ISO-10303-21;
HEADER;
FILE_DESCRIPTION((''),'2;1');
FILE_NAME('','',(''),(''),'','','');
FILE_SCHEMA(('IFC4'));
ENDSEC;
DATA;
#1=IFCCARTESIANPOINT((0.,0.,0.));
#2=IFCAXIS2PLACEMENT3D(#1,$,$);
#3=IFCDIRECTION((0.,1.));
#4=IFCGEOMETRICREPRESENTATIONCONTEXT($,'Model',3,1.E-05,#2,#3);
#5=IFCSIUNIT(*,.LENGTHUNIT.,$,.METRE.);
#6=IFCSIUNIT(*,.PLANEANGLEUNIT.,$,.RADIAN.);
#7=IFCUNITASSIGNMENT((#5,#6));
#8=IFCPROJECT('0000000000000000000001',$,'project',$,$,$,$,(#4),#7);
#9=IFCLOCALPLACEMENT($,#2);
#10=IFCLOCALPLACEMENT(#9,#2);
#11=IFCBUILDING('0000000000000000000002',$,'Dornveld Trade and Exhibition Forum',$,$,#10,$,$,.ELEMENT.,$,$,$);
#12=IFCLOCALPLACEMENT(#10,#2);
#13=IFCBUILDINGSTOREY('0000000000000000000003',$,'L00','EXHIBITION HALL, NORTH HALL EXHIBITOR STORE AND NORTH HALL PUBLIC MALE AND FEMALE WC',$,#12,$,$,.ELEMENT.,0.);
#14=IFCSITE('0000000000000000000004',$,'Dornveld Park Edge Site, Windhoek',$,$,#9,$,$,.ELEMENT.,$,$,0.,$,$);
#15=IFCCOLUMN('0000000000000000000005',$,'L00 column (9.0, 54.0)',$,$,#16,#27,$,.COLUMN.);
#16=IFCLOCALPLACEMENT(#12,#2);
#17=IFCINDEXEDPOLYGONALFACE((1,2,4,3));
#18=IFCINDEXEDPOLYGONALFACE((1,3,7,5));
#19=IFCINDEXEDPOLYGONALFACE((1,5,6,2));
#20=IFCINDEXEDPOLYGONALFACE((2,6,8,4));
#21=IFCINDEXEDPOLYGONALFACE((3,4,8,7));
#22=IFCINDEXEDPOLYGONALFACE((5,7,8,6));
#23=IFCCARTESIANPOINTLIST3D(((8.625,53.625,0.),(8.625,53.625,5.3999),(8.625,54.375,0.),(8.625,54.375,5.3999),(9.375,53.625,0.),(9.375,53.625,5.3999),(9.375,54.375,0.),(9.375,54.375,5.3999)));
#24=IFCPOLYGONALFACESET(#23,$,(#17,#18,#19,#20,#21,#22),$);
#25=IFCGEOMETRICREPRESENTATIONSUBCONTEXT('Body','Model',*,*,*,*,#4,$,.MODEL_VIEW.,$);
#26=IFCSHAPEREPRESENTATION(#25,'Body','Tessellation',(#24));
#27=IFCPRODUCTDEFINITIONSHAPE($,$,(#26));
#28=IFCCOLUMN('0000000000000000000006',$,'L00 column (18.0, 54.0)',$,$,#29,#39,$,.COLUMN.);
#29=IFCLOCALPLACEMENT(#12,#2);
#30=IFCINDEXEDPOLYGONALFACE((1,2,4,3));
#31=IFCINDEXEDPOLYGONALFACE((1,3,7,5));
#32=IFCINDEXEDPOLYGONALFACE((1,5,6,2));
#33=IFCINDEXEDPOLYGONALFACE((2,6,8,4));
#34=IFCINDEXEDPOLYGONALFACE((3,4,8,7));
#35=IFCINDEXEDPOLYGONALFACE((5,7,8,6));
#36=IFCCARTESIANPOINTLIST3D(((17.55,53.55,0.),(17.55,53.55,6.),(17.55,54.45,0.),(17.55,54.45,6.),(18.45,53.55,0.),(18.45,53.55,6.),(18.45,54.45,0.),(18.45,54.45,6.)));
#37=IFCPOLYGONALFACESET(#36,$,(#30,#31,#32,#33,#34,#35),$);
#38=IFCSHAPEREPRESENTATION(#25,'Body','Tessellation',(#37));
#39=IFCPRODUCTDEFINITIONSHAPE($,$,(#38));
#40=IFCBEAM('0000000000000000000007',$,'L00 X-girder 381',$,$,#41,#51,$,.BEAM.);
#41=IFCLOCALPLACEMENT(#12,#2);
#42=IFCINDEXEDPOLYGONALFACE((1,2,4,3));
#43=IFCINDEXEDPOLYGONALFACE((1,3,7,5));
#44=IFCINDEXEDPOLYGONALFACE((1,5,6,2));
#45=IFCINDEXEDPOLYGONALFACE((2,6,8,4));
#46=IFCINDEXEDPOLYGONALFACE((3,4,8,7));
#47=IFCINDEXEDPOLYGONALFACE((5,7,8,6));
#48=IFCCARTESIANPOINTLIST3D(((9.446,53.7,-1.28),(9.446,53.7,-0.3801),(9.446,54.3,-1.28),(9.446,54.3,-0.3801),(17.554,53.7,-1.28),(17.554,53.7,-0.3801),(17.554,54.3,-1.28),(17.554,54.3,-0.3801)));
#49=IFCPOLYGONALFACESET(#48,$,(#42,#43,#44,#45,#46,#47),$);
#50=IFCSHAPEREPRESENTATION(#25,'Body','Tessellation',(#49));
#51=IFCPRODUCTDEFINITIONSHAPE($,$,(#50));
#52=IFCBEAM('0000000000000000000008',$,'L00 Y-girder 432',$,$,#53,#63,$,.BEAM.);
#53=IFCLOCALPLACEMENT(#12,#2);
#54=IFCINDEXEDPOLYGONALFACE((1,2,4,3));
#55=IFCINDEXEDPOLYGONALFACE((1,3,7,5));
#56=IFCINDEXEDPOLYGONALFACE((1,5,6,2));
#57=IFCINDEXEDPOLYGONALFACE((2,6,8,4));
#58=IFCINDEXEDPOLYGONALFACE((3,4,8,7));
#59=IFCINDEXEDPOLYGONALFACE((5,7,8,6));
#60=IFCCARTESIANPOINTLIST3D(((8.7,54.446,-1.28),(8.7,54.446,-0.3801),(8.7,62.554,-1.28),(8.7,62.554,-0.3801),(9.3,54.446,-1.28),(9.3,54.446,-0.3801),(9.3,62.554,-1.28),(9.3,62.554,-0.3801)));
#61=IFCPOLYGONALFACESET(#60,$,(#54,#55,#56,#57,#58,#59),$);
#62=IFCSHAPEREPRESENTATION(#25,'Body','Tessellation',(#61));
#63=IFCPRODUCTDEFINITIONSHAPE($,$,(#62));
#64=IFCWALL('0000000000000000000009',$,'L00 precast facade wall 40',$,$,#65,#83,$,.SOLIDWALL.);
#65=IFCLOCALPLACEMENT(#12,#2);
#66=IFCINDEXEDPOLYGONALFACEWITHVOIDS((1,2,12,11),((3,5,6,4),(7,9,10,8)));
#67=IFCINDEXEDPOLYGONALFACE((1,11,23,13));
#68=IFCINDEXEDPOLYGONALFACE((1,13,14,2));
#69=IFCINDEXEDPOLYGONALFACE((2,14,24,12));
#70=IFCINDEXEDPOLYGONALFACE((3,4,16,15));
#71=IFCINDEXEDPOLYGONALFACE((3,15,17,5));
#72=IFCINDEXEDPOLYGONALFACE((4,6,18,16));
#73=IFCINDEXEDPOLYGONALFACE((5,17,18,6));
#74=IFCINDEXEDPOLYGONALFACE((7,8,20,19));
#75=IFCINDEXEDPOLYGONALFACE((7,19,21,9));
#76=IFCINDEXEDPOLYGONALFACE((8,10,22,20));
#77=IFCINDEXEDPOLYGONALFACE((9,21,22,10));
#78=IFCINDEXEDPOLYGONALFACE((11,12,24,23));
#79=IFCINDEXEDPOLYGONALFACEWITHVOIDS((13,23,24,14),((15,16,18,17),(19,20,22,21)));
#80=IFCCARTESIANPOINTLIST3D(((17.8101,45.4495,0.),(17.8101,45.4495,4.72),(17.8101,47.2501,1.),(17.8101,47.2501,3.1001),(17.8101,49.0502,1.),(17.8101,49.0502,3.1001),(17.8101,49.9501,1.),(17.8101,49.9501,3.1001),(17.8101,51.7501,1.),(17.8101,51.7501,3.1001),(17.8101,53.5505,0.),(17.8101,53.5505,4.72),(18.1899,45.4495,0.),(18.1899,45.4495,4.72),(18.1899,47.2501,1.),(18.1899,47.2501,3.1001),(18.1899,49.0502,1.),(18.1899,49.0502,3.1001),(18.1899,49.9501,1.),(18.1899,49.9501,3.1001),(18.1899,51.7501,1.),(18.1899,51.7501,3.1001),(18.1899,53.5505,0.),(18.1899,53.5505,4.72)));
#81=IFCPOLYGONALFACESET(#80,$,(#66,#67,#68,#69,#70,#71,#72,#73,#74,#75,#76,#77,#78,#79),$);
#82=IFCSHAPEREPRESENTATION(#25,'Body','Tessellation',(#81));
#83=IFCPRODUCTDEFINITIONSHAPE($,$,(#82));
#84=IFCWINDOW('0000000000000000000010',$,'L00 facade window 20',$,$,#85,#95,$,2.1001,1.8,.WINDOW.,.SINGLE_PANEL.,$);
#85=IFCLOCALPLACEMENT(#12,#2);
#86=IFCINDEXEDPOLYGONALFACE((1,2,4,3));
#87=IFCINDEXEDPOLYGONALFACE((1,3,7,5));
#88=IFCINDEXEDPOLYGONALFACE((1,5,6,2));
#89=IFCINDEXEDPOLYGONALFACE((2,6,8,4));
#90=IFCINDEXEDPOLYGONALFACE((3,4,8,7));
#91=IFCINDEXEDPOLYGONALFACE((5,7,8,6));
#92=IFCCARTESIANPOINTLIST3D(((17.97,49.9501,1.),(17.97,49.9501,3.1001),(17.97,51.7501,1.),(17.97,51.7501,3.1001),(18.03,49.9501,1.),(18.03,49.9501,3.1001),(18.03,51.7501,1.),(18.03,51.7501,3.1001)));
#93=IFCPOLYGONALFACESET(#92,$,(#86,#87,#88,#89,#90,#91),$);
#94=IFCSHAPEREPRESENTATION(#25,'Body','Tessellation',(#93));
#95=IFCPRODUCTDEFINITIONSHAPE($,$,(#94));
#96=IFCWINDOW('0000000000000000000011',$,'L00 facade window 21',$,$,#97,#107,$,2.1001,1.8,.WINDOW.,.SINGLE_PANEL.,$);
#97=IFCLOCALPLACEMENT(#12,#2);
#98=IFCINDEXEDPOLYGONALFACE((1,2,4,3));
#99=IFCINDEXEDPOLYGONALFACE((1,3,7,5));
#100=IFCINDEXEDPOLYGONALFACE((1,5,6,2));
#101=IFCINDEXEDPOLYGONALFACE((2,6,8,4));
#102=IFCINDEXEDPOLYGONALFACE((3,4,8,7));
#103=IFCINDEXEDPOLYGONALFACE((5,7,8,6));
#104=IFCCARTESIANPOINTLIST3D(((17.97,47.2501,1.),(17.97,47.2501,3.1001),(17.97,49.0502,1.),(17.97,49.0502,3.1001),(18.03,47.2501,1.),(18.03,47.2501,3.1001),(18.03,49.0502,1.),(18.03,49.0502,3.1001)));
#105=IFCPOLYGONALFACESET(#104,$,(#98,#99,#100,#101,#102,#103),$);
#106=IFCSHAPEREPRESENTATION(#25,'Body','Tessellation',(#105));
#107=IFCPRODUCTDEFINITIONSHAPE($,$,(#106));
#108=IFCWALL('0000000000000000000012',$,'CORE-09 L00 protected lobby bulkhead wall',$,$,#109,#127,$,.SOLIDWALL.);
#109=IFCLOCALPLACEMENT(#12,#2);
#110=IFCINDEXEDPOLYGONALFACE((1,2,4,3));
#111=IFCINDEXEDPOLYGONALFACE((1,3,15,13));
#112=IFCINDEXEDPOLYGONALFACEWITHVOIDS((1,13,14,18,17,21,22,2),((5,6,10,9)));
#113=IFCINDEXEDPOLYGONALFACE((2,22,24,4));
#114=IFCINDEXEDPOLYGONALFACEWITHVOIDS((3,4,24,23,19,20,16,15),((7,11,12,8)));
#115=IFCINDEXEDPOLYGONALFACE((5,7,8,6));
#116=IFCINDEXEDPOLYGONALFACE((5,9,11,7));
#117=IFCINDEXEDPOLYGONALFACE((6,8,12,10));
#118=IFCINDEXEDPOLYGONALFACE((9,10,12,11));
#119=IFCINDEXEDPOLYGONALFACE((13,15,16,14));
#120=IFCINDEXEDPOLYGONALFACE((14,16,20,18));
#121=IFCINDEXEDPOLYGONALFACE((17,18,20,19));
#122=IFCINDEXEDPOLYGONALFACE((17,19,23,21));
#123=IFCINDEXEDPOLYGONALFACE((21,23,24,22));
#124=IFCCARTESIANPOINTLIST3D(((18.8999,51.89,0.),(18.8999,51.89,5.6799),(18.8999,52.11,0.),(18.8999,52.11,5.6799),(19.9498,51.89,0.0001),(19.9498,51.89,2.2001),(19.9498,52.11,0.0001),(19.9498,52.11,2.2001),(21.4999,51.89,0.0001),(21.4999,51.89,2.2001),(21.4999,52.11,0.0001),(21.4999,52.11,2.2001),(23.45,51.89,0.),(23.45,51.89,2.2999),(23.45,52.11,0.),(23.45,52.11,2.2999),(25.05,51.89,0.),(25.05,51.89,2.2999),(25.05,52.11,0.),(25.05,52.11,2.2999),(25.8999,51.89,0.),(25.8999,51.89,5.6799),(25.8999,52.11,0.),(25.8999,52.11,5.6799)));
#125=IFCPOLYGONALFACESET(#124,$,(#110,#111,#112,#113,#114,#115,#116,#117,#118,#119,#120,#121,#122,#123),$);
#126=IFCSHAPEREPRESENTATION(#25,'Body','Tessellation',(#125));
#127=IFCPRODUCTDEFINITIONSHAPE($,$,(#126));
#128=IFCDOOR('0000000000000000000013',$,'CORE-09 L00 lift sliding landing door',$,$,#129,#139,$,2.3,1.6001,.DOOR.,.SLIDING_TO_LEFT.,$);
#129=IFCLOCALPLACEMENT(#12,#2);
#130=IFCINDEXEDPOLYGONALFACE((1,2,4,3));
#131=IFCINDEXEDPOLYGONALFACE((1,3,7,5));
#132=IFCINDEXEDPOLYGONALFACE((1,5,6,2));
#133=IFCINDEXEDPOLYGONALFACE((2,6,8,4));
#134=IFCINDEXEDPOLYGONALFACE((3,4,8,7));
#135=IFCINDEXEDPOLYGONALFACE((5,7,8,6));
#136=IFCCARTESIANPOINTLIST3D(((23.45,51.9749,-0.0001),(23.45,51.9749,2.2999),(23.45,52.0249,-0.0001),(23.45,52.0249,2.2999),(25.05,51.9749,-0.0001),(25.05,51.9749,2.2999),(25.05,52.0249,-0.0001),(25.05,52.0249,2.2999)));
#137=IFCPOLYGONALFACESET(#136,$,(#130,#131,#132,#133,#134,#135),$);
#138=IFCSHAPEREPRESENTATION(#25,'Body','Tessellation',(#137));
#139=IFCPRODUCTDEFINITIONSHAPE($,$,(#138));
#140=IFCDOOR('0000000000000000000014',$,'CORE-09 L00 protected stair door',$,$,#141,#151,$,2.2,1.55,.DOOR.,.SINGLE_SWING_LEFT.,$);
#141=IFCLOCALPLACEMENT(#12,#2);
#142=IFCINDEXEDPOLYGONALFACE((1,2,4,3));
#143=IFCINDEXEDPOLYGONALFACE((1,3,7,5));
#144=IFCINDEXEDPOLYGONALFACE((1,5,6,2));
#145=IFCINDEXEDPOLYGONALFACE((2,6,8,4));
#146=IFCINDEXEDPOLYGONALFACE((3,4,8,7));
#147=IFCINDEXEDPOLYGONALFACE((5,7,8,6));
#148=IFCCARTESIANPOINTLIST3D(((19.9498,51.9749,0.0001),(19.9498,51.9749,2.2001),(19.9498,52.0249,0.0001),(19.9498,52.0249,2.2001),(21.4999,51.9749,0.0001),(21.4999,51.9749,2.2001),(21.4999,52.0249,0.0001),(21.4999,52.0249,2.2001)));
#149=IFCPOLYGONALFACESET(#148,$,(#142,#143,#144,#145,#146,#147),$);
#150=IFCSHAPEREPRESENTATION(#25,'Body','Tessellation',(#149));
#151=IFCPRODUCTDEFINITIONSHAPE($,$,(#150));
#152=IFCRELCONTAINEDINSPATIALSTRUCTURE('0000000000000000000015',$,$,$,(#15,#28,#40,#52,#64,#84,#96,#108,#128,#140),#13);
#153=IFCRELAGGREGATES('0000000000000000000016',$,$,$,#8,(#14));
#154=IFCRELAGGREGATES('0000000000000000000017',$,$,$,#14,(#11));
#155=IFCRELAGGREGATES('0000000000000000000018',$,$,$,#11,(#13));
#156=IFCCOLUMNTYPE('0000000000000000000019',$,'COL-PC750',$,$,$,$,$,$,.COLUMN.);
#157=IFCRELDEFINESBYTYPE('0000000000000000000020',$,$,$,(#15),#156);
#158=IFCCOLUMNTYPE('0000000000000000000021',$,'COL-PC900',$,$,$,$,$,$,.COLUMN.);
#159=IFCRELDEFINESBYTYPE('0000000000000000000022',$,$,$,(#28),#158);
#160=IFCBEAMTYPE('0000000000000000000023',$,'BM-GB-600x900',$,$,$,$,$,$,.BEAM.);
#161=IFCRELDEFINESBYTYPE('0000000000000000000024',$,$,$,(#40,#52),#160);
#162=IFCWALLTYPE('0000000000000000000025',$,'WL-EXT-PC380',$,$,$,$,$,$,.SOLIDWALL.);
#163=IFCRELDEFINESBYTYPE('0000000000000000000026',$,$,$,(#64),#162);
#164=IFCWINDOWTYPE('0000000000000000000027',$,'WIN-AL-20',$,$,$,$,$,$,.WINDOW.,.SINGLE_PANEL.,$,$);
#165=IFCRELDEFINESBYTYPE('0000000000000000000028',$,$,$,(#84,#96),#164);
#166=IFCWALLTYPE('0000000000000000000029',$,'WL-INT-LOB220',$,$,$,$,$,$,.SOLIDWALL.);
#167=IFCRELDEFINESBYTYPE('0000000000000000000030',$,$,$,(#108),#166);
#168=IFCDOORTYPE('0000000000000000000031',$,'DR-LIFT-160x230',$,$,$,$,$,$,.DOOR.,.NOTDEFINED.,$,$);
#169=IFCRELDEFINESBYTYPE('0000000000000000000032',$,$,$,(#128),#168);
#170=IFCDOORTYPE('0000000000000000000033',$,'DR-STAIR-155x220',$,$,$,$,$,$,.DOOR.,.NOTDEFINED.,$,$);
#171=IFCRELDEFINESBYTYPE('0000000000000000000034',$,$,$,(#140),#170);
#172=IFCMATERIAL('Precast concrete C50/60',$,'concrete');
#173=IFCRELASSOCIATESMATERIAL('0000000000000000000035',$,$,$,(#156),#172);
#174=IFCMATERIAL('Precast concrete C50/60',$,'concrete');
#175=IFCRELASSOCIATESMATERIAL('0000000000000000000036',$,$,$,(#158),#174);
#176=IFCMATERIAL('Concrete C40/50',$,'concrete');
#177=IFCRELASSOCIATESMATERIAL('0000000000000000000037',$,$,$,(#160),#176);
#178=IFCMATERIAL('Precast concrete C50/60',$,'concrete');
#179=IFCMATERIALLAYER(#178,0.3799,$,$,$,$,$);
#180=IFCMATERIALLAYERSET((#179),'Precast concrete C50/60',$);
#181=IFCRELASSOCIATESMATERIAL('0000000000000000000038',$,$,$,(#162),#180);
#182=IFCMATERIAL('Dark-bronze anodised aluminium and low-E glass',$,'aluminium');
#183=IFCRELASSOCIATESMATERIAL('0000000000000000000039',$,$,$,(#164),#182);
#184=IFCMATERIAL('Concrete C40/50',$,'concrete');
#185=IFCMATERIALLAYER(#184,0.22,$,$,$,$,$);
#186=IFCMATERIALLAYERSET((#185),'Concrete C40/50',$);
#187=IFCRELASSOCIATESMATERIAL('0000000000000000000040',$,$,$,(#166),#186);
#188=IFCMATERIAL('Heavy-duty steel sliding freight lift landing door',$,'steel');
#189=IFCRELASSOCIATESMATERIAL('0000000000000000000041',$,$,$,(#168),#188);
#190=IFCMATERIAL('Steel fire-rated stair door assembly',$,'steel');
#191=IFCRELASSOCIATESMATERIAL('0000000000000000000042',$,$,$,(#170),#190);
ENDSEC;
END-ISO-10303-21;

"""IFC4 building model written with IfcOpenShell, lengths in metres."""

from ifc_helpers import new_model, si_unit, direction, frame, frame_2d, origin, origin_2d, place, context, subcontext, project, spatial, rectangle, extrude, material, layer, layer_set, material_profile, profile_set, type_object, element, fill, save


model = new_model("IFC4")

# Units and contexts
model_context = context("Model", 3, precision=1e-05, world=origin(), true_north=direction((0.0, 1.0)))
body_context = subcontext(model_context, "Body", "Model", "MODEL_VIEW")
ifc_project = project(units=[si_unit("LENGTHUNIT", "METRE"), si_unit("PLANEANGLEUNIT", "RADIAN")], contexts=[model_context])

# Site, building, storey
site_placement = place(None, origin())
site = spatial("IfcSite", under=ifc_project, at=site_placement, Name="Dornveld Park Edge Site, Windhoek", CompositionType="ELEMENT", RefElevation=0.0)
building_placement = place(site_placement, origin())
building = spatial("IfcBuilding", under=site, at=building_placement, Name="Dornveld Trade and Exhibition Forum", CompositionType="ELEMENT")
storey_placement = place(building_placement, origin())
storey = spatial("IfcBuildingStorey", under=building, at=storey_placement, Name="L00", Description="EXHIBITION HALL, NORTH HALL EXHIBITOR STORE AND NORTH HALL PUBLIC MALE AND FEMALE WC", CompositionType="ELEMENT", Elevation=0.0)

# Columns
ifc_material_1 = material(Name="Precast concrete C50/60", Category="concrete")
ifc_material_profile_1 = material_profile(ifc_material_1, rectangle(XDim=0.75, YDim=0.75, at=origin_2d()), Name="PC-COL 750x750")
ifc_profile_set_1 = profile_set([ifc_material_profile_1], Name="Precast concrete C50/60")
column_type_1 = type_object("IfcColumnType", Name="COL-PC750", PredefinedType="COLUMN", material=ifc_profile_set_1)
column_1_placement = place(storey_placement, frame((9.0, 54.0, 0.0), z_axis=(0.0, 0.0, 1.0), x_axis=(1.0, 0.0, 0.0)))
element("IfcColumn", 1, at=column_1_placement, inside=storey, type_object=column_type_1, Name="L00 column (9.0, 54.0)", PredefinedType="COLUMN", context=body_context, shape_type="SweptSolid", body=[
    extrude(rectangle(XDim=0.75, YDim=0.75, at=origin_2d()), origin(), (0.0, 0.0, 1.0), 5.3999),
])
ifc_material_2 = material(Name="Precast concrete C50/60", Category="concrete")
ifc_material_profile_2 = material_profile(ifc_material_2, rectangle(XDim=0.8999, YDim=0.8999, at=origin_2d()), Name="PC-COL 900x900")
ifc_profile_set_2 = profile_set([ifc_material_profile_2], Name="Precast concrete C50/60")
column_type_2 = type_object("IfcColumnType", Name="COL-PC900", PredefinedType="COLUMN", material=ifc_profile_set_2)
column_2_placement = place(storey_placement, frame((18.0, 54.0, 0.0), z_axis=(0.0, 0.0, 1.0), x_axis=(1.0, 0.0, 0.0)))
element("IfcColumn", 2, at=column_2_placement, inside=storey, type_object=column_type_2, Name="L00 column (18.0, 54.0)", PredefinedType="COLUMN", context=body_context, shape_type="SweptSolid", body=[
    extrude(rectangle(XDim=0.8999, YDim=0.8999, at=origin_2d()), origin(), (0.0, 0.0, 1.0), 6.0),
])

# Beams
ifc_material_3 = material(Name="Concrete C40/50", Category="concrete")
ifc_material_profile_3 = material_profile(ifc_material_3, rectangle(XDim=0.6001, YDim=0.8999, at=origin_2d()), Name="RC-GB 600x900")
ifc_profile_set_3 = profile_set([ifc_material_profile_3], Name="Concrete C40/50")
beam_type = type_object("IfcBeamType", Name="BM-GB-600x900", PredefinedType="BEAM", material=ifc_profile_set_3)
for number, where, z_axis, x_axis, name in (
    (3, (9.446, 54.0, -0.8301), (1.0, 0.0, 0.0), (0.0, 1.0, 0.0), "L00 X-girder 381"),
    (4, (9.0, 54.446, -0.8301), (0.0, 1.0, 0.0), (-1.0, 0.0, 0.0), "L00 Y-girder 432"),
):
    element("IfcBeam", number, at=place(storey_placement, frame(where, z_axis=z_axis, x_axis=x_axis)), inside=storey, type_object=beam_type, Name=name, PredefinedType="BEAM", context=body_context, shape_type="SweptSolid", body=[
        extrude(rectangle(XDim=0.6001, YDim=0.8999, at=origin_2d()), origin(), (0.0, 0.0, 1.0), 8.1079),
    ])

# Wall, openings, windows
ifc_material_4 = material(Name="Precast concrete C50/60", Category="concrete")
ifc_layer_1 = layer(ifc_material_4, 0.3799)
ifc_layer_set_1 = layer_set([ifc_layer_1], Name="Precast concrete C50/60")
wall_type_1 = type_object("IfcWallType", Name="WL-EXT-PC380", PredefinedType="SOLIDWALL", material=ifc_layer_set_1)
wall_1_placement = place(storey_placement, frame((18.0, 53.5505, 0.0), z_axis=(0.0, 0.0, 1.0), x_axis=(0.0, -1.0, 0.0)))
wall_1 = element("IfcWall", 5, at=wall_1_placement, inside=storey, type_object=wall_type_1, Name="L00 precast facade wall 40", PredefinedType="SOLIDWALL", context=body_context, shape_type="SweptSolid", body=[
    extrude(rectangle(XDim=8.1011, YDim=0.3799, at=frame_2d((4.0505, 0.0))), origin(), (0.0, 0.0, 1.0), 4.72),
])
opening_1_placement = place(wall_1_placement, frame((1.8005, 0.0, 1.0)))
opening_1 = element("IfcOpeningElement", 6, at=opening_1_placement, cuts=wall_1, PredefinedType="OPENING", context=body_context, shape_type="SweptSolid", body=[
    extrude(rectangle(XDim=1.8, YDim=2.1001, at=frame_2d((0.8999, 1.05))), frame((0.0, 0.2, 0.0), z_axis=(0.0, -1.0, 0.0), x_axis=(1.0, 0.0, 0.0)), (0.0, 0.0, 1.0), 0.3999),
])
opening_2_placement = place(wall_1_placement, frame((4.5005, 0.0, 1.0)))
opening_2 = element("IfcOpeningElement", 7, at=opening_2_placement, cuts=wall_1, PredefinedType="OPENING", context=body_context, shape_type="SweptSolid", body=[
    extrude(rectangle(XDim=1.8, YDim=2.1001, at=frame_2d((0.8999, 1.05))), frame((0.0, 0.2, 0.0), z_axis=(0.0, -1.0, 0.0), x_axis=(1.0, 0.0, 0.0)), (0.0, 0.0, 1.0), 0.3999),
])
ifc_material_5 = material(Name="Dark-bronze anodised aluminium and low-E glass", Category="aluminium")
window_type = type_object("IfcWindowType", Name="WIN-AL-20", PartitioningType="SINGLE_PANEL", PredefinedType="WINDOW", material=ifc_material_5)
window_1_placement = place(opening_1_placement, origin())
window_1 = element("IfcWindow", 8, at=window_1_placement, inside=storey, type_object=window_type, Name="L00 facade window 20", OverallHeight=2.1001, OverallWidth=1.8, PartitioningType="SINGLE_PANEL", PredefinedType="WINDOW", context=body_context, shape_type="SweptSolid", body=[
    extrude(rectangle(XDim=1.8, YDim=2.1001, at=frame_2d((0.8999, 1.05))), frame((0.0, 0.03, 0.0), z_axis=(0.0, -1.0, 0.0), x_axis=(1.0, 0.0, 0.0)), (0.0, 0.0, 1.0), 0.0601),
])
fill(opening_1, window_1)
window_2_placement = place(opening_2_placement, origin())
window_2 = element("IfcWindow", 9, at=window_2_placement, inside=storey, type_object=window_type, Name="L00 facade window 21", OverallHeight=2.1001, OverallWidth=1.8, PartitioningType="SINGLE_PANEL", PredefinedType="WINDOW", context=body_context, shape_type="SweptSolid", body=[
    extrude(rectangle(XDim=1.8, YDim=2.1001, at=frame_2d((0.8999, 1.05))), frame((0.0, 0.03, 0.0), z_axis=(0.0, -1.0, 0.0), x_axis=(1.0, 0.0, 0.0)), (0.0, 0.0, 1.0), 0.0601),
])
fill(opening_2, window_2)

# Wall, openings, doors
ifc_material_6 = material(Name="Concrete C40/50", Category="concrete")
ifc_layer_2 = layer(ifc_material_6, 0.22)
ifc_layer_set_2 = layer_set([ifc_layer_2], Name="Concrete C40/50")
wall_type_2 = type_object("IfcWallType", Name="WL-INT-LOB220", PredefinedType="SOLIDWALL", material=ifc_layer_set_2)
wall_2_placement = place(storey_placement, frame((18.8999, 52.0, 0.0), z_axis=(0.0, 0.0, 1.0), x_axis=(1.0, 0.0, 0.0)))
wall_2 = element("IfcWall", 10, at=wall_2_placement, inside=storey, type_object=wall_type_2, Name="CORE-09 L00 protected lobby bulkhead wall", PredefinedType="SOLIDWALL", context=body_context, shape_type="SweptSolid", body=[
    extrude(rectangle(XDim=7.0, YDim=0.22, at=frame_2d((3.5, 0.0))), origin(), (0.0, 0.0, 1.0), 5.6799),
])
opening_3_placement = place(wall_2_placement, frame((1.05, 0.0, 0.0)))
opening_3 = element("IfcOpeningElement", 11, at=opening_3_placement, cuts=wall_2, PredefinedType="OPENING", context=body_context, shape_type="SweptSolid", body=[
    extrude(rectangle(XDim=1.55, YDim=2.2, at=frame_2d((0.7749, 1.1001))), frame((0.0, 0.1199, 0.0), z_axis=(0.0, -1.0, 0.0), x_axis=(1.0, 0.0, 0.0)), (0.0, 0.0, 1.0), 0.24),
])
opening_4_placement = place(wall_2_placement, frame((4.55, 0.0, 0.0)))
opening_4 = element("IfcOpeningElement", 12, at=opening_4_placement, cuts=wall_2, PredefinedType="OPENING", context=body_context, shape_type="SweptSolid", body=[
    extrude(rectangle(XDim=1.6001, YDim=2.3, at=frame_2d((0.8, 1.1499))), frame((0.0, 0.1199, 0.0), z_axis=(0.0, -1.0, 0.0), x_axis=(1.0, 0.0, 0.0)), (0.0, 0.0, 1.0), 0.24),
])
ifc_material_7 = material(Name="Heavy-duty steel sliding freight lift landing door", Category="steel")
door_type_1 = type_object("IfcDoorType", Name="DR-LIFT-160x230", OperationType="NOTDEFINED", PredefinedType="DOOR", material=ifc_material_7)
door_1_placement = place(opening_4_placement, origin())
door_1 = element("IfcDoor", 13, at=door_1_placement, inside=storey, type_object=door_type_1, Name="CORE-09 L00 lift sliding landing door", OperationType="SLIDING_TO_LEFT", OverallHeight=2.3, OverallWidth=1.6001, PredefinedType="DOOR", context=body_context, shape_type="SweptSolid", body=[
    extrude(rectangle(XDim=1.6001, YDim=2.3, at=frame_2d((0.8, 1.1499))), frame((0.0, 0.0249, 0.0), z_axis=(0.0, -1.0, 0.0), x_axis=(1.0, 0.0, 0.0)), (0.0, 0.0, 1.0), 0.05),
])
fill(opening_4, door_1)
ifc_material_8 = material(Name="Steel fire-rated stair door assembly", Category="steel")
door_type_2 = type_object("IfcDoorType", Name="DR-STAIR-155x220", OperationType="NOTDEFINED", PredefinedType="DOOR", material=ifc_material_8)
door_2_placement = place(opening_3_placement, origin())
door_2 = element("IfcDoor", 14, at=door_2_placement, inside=storey, type_object=door_type_2, Name="CORE-09 L00 protected stair door", OperationType="SINGLE_SWING_LEFT", OverallHeight=2.2, OverallWidth=1.55, PredefinedType="DOOR", context=body_context, shape_type="SweptSolid", body=[
    extrude(rectangle(XDim=1.55, YDim=2.2, at=frame_2d((0.7749, 1.1001))), frame((0.0, 0.0249, 0.0), z_axis=(0.0, -1.0, 0.0), x_axis=(1.0, 0.0, 0.0)), (0.0, 0.0, 1.0), 0.05),
])
fill(opening_3, door_2)

save(model, "model.ifc")
